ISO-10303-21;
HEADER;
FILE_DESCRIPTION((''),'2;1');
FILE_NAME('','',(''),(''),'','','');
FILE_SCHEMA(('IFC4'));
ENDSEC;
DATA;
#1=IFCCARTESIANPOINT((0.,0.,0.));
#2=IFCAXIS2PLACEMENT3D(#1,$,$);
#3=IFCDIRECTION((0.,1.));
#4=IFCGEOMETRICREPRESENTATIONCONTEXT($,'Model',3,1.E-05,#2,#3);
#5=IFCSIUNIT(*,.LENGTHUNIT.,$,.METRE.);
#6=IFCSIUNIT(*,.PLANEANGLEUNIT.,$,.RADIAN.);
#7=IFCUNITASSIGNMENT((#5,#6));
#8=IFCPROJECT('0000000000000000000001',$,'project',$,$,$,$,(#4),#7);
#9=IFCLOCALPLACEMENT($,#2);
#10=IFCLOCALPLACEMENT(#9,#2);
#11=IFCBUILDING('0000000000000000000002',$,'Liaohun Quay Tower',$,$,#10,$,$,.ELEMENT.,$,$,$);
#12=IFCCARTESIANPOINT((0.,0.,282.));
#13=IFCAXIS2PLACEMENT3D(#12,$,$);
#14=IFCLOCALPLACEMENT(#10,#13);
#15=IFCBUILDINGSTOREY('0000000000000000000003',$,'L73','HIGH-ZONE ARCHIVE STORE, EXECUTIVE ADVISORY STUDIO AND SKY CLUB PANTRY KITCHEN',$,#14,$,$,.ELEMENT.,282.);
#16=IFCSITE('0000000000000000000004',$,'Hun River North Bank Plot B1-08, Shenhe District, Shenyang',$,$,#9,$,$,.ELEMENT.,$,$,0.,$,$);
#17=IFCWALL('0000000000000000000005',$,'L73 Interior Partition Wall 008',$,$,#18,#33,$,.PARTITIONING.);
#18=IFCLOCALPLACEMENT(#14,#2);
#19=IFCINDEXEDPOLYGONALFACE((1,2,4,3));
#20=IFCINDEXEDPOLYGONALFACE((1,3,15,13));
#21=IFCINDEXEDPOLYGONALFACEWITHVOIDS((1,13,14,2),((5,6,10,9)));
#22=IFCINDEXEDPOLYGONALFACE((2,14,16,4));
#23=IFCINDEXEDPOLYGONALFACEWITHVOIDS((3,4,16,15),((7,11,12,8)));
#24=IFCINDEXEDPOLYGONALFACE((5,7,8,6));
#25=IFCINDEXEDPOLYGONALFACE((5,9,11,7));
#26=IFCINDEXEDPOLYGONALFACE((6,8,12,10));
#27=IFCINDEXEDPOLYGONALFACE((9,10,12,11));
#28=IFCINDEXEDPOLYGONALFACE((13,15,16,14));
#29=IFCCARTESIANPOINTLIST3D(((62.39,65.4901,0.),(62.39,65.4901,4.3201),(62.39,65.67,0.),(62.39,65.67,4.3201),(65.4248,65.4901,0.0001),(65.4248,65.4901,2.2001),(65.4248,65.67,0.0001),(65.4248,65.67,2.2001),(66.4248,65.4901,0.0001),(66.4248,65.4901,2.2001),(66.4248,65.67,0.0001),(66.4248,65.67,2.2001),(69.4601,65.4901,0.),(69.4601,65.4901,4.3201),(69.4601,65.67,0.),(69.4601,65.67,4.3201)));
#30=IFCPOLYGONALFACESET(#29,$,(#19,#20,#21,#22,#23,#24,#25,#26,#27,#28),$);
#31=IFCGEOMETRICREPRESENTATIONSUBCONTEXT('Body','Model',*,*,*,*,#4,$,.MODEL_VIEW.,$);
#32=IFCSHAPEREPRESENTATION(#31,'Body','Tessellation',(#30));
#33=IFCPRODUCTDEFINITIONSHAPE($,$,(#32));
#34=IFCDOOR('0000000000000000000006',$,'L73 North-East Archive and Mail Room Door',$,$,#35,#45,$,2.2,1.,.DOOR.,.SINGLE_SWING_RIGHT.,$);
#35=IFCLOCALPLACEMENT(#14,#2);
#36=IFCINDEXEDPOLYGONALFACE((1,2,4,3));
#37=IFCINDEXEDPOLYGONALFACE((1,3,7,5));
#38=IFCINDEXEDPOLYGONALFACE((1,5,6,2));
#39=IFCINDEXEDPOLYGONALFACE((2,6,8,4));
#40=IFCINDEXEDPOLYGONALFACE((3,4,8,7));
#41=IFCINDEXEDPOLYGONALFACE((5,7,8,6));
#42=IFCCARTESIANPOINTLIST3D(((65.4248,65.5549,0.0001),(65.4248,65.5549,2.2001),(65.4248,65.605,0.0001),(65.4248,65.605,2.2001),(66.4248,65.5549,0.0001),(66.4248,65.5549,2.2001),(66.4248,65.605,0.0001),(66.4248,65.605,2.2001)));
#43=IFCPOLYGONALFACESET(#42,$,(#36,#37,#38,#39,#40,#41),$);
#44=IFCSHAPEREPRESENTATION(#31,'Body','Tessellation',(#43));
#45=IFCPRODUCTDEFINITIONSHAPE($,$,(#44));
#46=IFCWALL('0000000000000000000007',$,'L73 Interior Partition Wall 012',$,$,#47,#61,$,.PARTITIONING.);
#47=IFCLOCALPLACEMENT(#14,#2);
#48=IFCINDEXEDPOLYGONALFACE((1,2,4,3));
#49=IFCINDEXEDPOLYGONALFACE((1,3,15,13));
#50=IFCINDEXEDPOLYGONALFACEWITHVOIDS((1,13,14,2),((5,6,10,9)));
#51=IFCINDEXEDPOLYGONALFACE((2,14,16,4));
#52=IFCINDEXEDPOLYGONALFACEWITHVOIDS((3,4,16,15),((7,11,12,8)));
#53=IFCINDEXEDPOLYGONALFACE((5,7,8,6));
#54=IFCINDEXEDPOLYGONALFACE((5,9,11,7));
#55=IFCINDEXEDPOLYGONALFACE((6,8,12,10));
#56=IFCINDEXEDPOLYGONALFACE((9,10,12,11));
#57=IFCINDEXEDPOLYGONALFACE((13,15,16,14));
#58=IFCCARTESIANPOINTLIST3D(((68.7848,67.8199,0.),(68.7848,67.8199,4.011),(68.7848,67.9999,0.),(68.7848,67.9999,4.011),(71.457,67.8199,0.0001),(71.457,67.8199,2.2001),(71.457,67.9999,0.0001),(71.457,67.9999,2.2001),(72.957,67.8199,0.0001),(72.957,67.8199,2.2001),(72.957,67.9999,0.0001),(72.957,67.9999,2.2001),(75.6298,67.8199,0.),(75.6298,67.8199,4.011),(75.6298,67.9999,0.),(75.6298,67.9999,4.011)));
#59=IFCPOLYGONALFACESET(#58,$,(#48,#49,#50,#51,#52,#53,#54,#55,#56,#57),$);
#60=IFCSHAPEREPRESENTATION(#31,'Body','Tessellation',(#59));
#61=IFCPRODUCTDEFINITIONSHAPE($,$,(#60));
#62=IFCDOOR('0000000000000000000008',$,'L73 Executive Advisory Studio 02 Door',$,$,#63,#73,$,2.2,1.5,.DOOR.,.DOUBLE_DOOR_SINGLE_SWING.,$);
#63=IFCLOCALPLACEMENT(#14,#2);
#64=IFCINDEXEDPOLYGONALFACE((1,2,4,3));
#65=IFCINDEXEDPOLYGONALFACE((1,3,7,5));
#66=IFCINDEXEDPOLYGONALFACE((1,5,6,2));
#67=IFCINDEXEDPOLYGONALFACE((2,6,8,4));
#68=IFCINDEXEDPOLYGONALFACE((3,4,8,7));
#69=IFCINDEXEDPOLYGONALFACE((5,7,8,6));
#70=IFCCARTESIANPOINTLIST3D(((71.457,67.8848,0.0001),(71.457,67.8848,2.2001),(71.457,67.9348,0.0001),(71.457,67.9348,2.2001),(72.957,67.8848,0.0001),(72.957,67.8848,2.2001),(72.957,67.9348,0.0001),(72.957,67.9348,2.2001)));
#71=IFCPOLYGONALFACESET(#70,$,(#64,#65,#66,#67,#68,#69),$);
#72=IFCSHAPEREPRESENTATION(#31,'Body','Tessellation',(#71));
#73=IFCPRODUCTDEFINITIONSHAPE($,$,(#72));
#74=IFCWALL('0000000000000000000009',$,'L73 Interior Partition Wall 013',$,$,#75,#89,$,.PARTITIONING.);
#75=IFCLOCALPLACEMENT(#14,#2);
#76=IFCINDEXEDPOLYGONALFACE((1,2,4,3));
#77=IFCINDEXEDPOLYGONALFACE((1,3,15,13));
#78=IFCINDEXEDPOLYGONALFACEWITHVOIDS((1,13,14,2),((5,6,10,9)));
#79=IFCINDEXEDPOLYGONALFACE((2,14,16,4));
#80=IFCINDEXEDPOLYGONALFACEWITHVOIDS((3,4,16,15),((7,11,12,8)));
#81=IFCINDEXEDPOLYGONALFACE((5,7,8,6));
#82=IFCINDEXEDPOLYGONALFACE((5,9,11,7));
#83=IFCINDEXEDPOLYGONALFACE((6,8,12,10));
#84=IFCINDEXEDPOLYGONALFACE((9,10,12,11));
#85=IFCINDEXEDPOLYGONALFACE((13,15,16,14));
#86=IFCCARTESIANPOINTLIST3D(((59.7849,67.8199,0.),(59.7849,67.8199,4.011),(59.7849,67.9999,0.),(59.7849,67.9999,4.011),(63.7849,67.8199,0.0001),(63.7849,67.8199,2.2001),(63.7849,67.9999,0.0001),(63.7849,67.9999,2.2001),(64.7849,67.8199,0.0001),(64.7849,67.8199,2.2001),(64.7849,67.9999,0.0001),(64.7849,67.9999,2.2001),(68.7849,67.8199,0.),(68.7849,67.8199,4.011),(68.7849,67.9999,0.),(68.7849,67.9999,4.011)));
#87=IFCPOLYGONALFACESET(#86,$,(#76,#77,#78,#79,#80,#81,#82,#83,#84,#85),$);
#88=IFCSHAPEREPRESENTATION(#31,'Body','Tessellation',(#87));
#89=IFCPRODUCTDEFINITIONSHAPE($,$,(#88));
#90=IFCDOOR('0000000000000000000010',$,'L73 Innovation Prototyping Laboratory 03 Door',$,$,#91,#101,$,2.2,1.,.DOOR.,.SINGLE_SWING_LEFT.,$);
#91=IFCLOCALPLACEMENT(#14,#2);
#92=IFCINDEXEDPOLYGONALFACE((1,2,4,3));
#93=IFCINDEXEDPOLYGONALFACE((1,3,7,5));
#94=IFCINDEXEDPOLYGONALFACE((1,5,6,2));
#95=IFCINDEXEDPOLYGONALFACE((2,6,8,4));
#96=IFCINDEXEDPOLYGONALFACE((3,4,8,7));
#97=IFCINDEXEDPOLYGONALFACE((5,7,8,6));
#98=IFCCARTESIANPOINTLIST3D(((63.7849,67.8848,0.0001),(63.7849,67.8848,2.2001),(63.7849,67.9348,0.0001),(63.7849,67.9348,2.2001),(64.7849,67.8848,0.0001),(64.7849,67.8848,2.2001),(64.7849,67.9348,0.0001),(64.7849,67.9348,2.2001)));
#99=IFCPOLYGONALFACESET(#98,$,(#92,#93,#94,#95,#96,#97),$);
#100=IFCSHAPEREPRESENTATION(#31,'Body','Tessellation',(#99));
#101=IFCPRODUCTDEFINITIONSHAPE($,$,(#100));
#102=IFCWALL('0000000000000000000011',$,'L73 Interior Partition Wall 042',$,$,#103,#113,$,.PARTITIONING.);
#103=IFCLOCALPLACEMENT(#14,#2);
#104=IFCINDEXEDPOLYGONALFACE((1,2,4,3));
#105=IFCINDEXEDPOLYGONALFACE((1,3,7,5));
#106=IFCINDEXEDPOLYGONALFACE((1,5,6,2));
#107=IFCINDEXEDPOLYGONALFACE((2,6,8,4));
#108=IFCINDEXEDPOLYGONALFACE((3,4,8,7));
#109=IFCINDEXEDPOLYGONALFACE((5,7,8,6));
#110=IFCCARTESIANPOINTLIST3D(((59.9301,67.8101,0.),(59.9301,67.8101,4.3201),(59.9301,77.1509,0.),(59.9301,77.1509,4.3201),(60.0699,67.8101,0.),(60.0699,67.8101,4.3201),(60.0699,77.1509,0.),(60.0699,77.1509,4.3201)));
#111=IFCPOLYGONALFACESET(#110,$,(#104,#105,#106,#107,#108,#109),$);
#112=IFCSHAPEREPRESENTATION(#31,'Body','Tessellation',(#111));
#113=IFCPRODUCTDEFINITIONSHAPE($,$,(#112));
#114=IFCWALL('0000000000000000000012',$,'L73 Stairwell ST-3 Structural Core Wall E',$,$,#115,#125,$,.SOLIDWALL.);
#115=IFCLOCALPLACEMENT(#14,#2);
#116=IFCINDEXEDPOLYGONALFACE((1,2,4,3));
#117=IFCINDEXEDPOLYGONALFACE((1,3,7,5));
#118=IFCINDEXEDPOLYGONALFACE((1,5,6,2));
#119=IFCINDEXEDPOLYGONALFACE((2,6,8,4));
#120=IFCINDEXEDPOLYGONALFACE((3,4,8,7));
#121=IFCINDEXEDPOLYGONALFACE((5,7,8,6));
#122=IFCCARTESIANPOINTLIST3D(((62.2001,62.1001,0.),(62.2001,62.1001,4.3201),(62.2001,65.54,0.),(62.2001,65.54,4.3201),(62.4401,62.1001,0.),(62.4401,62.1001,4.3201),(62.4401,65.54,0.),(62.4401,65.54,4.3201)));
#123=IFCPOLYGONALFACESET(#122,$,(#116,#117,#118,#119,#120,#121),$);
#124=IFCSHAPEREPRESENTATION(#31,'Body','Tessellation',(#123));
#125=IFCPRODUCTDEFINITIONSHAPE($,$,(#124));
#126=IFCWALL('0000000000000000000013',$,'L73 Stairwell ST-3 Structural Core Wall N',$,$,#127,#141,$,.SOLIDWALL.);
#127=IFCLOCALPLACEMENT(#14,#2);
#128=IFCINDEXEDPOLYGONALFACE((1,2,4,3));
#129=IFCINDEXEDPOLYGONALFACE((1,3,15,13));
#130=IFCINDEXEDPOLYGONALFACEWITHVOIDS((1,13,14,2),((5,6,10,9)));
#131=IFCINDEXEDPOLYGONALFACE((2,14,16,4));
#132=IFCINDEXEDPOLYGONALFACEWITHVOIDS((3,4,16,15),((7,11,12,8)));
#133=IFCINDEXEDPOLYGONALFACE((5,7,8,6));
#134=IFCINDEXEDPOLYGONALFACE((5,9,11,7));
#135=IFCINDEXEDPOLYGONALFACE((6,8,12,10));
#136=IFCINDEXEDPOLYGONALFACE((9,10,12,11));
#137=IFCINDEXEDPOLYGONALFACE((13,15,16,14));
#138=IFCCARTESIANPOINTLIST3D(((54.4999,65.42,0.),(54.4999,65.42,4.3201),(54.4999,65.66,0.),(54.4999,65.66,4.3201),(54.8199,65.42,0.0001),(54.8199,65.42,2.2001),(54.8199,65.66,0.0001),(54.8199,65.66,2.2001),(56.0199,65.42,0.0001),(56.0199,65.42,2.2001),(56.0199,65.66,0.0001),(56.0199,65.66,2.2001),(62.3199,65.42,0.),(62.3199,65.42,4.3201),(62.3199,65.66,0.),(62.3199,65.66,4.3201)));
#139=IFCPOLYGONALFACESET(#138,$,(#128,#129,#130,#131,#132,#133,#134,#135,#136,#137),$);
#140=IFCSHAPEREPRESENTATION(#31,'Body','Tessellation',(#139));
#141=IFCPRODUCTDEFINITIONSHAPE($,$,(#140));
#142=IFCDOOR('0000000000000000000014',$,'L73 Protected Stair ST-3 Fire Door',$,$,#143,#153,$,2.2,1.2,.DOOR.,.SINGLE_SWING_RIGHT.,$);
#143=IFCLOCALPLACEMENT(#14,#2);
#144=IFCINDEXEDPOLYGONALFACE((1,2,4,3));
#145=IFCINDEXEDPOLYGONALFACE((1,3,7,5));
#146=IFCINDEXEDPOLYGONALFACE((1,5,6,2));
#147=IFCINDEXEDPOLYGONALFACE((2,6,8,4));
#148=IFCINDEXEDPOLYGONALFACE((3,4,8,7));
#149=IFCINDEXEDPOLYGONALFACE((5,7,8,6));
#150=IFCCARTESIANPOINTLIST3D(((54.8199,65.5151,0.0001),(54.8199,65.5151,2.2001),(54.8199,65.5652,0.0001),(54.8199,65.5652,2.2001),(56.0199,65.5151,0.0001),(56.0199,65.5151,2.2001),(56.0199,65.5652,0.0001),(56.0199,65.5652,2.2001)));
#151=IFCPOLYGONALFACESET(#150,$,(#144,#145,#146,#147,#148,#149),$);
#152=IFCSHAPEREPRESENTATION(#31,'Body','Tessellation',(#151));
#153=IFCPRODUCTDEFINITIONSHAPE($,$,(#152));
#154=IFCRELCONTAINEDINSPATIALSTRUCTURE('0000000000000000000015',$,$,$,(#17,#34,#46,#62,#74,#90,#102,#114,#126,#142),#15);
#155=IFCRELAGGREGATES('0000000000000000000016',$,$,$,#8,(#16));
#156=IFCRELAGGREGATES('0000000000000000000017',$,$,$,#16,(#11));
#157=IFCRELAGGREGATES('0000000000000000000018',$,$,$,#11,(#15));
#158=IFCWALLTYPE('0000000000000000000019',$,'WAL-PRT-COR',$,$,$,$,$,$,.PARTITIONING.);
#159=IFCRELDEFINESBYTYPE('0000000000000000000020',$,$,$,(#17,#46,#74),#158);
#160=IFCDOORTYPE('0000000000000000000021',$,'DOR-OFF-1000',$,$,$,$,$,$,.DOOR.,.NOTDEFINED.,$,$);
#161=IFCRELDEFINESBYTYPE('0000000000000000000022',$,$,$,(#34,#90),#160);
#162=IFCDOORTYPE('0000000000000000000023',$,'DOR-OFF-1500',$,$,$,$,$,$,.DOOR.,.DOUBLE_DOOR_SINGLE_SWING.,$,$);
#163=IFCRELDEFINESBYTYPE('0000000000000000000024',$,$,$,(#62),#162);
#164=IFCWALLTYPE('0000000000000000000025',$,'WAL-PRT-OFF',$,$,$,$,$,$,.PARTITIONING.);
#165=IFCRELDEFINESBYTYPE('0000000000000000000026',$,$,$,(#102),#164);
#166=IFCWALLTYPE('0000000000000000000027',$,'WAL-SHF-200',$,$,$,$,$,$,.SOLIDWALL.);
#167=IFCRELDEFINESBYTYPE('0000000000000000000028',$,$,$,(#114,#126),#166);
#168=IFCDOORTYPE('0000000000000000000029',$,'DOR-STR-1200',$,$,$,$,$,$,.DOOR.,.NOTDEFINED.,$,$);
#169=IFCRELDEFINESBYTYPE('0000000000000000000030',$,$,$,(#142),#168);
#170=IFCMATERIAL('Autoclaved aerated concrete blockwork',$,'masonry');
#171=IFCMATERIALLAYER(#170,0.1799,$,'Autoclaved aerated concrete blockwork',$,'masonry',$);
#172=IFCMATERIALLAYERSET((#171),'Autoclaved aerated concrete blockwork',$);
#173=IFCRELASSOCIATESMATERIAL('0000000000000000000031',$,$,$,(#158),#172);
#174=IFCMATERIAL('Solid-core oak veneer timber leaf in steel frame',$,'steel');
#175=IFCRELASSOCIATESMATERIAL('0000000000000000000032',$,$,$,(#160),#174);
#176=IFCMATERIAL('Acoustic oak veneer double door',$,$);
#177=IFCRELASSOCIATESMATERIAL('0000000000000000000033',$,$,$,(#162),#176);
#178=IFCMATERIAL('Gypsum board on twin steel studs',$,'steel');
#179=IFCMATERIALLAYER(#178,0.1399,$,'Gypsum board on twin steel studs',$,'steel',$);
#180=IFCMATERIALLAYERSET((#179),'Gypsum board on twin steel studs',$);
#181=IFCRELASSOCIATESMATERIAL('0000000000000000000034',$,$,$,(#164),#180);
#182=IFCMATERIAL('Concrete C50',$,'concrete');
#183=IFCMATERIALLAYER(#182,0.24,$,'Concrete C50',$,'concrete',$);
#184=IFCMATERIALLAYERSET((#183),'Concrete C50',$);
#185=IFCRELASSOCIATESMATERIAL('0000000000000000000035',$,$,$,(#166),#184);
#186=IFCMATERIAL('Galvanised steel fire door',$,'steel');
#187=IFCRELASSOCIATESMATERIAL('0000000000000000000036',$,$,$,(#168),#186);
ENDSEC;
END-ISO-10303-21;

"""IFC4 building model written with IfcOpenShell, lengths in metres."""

from ifc_helpers import new_model, si_unit, direction, frame, frame_2d, origin, place, context, subcontext, project, spatial, rectangle, extrude, source, transform, mapped, material, layer, layer_set, type_object, element, fill, save


model = new_model("IFC4")

# Units and contexts
model_context = context("Model", 3, precision=1e-05, world=origin(), true_north=direction((0.0, 1.0)))
body_context = subcontext(model_context, "Body", "Model", "MODEL_VIEW")
ifc_project = project(units=[si_unit("LENGTHUNIT", "METRE"), si_unit("PLANEANGLEUNIT", "RADIAN")], contexts=[model_context])

# Site, building, storey
site_placement = place(None, origin())
site = spatial("IfcSite", under=ifc_project, at=site_placement, Name="Hun River North Bank Plot B1-08, Shenhe District, Shenyang", CompositionType="ELEMENT", RefElevation=0.0)
building_placement = place(site_placement, origin())
building = spatial("IfcBuilding", under=site, at=building_placement, Name="Liaohun Quay Tower", CompositionType="ELEMENT")
storey_placement = place(building_placement, frame((0.0, 0.0, 282.0)))
storey = spatial("IfcBuildingStorey", under=building, at=storey_placement, Name="L73", Description="HIGH-ZONE ARCHIVE STORE, EXECUTIVE ADVISORY STUDIO AND SKY CLUB PANTRY KITCHEN", CompositionType="ELEMENT", Elevation=282.0)

# Shared definitions
ifc_material_1 = material(Name="Concrete C50", Category="concrete")

# Walls, openings, doors
ifc_material_2 = material(Name="Autoclaved aerated concrete blockwork", Category="masonry")
ifc_layer_1 = layer(ifc_material_2, 0.1799, Name="Autoclaved aerated concrete blockwork", Category="masonry")
ifc_layer_set_1 = layer_set([ifc_layer_1], Name="Autoclaved aerated concrete blockwork")
wall_type_1 = type_object("IfcWallType", Name="WAL-PRT-COR", PredefinedType="PARTITIONING", material=ifc_layer_set_1)
wall_1_placement = place(storey_placement, frame((62.3899, 65.5801, 0.0), z_axis=(0.0, 0.0, 1.0), x_axis=(1.0, 0.0, 0.0)))
wall_1 = element("IfcWall", 1, at=wall_1_placement, inside=storey, type_object=wall_type_1, Name="L73 Interior Partition Wall 008", PredefinedType="PARTITIONING", context=body_context, shape_type="SweptSolid", body=[
    extrude(rectangle(XDim=7.0701, YDim=0.1799, at=frame_2d((3.5352, 0.0))), origin(), (0.0, 0.0, 1.0), 4.3201),
])
shared_shape_1 = source(origin(), body_context, "Body", "SweptSolid", [
    extrude(rectangle(XDim=1.0, YDim=2.2, at=frame_2d((0.5, 1.1001))), frame((0.0, 0.0999, 0.0), z_axis=(0.0, -1.0, 0.0), x_axis=(1.0, 0.0, 0.0)), (0.0, 0.0, 1.0), 0.2),
])
opening_1_placement = place(wall_1_placement, frame((3.0349, 0.0, 0.0)))
opening_1 = element("IfcOpeningElement", 2, at=opening_1_placement, cuts=wall_1, PredefinedType="OPENING", context=body_context, shape_type="MappedRepresentation", body=[
    mapped(shared_shape_1, transform((0.0, 0.0, 0.0), x_axis=(1.0, 0.0, 0.0), y_axis=(0.0, 1.0, 0.0), z_axis=(0.0, 0.0, 1.0), scale=1.0)),
])
ifc_material_3 = material(Name="Solid-core oak veneer timber leaf in steel frame", Category="steel")
door_type_1 = type_object("IfcDoorType", Name="DOR-OFF-1000", OperationType="NOTDEFINED", PredefinedType="DOOR", material=ifc_material_3)
shared_shape_2 = source(origin(), body_context, "Body", "SweptSolid", [
    extrude(rectangle(XDim=1.0, YDim=2.2, at=frame_2d((0.5, 1.1001))), frame((0.0, 0.0249, 0.0), z_axis=(0.0, -1.0, 0.0), x_axis=(1.0, 0.0, 0.0)), (0.0, 0.0, 1.0), 0.05),
])
door_1_placement = place(opening_1_placement, origin())
door_1 = element("IfcDoor", 3, at=door_1_placement, inside=storey, type_object=door_type_1, Name="L73 North-East Archive and Mail Room Door", OperationType="SINGLE_SWING_RIGHT", OverallHeight=2.2, OverallWidth=1.0, PredefinedType="DOOR", context=body_context, shape_type="MappedRepresentation", body=[
    mapped(shared_shape_2, transform((0.0, 0.0, 0.0), x_axis=(1.0, 0.0, 0.0), y_axis=(0.0, 1.0, 0.0), z_axis=(0.0, 0.0, 1.0), scale=1.0)),
])
fill(opening_1, door_1)
wall_2_placement = place(storey_placement, frame((68.7849, 67.9099, 0.0), z_axis=(0.0, 0.0, 1.0), x_axis=(1.0, 0.0, 0.0)))
wall_2 = element("IfcWall", 4, at=wall_2_placement, inside=storey, type_object=wall_type_1, Name="L73 Interior Partition Wall 012", PredefinedType="PARTITIONING", context=body_context, shape_type="SweptSolid", body=[
    extrude(rectangle(XDim=6.845, YDim=0.1799, at=frame_2d((3.4224, 0.0))), origin(), (0.0, 0.0, 1.0), 4.011),
])
shared_shape_3 = source(origin(), body_context, "Body", "SweptSolid", [
    extrude(rectangle(XDim=1.5, YDim=2.2, at=frame_2d((0.75, 1.1001))), frame((0.0, 0.0999, 0.0), z_axis=(0.0, -1.0, 0.0), x_axis=(1.0, 0.0, 0.0)), (0.0, 0.0, 1.0), 0.2),
])
opening_2_placement = place(wall_2_placement, frame((2.6721, 0.0, 0.0)))
opening_2 = element("IfcOpeningElement", 5, at=opening_2_placement, cuts=wall_2, PredefinedType="OPENING", context=body_context, shape_type="MappedRepresentation", body=[
    mapped(shared_shape_3, transform((0.0, 0.0, 0.0), x_axis=(1.0, 0.0, 0.0), y_axis=(0.0, 1.0, 0.0), z_axis=(0.0, 0.0, 1.0), scale=1.0)),
])
ifc_material_4 = material(Name="Acoustic oak veneer double door")
door_type_2 = type_object("IfcDoorType", Name="DOR-OFF-1500", OperationType="DOUBLE_DOOR_SINGLE_SWING", PredefinedType="DOOR", material=ifc_material_4)
shared_shape_4 = source(origin(), body_context, "Body", "SweptSolid", [
    extrude(rectangle(XDim=1.5, YDim=2.2, at=frame_2d((0.75, 1.1001))), frame((0.0, 0.0249, 0.0), z_axis=(0.0, -1.0, 0.0), x_axis=(1.0, 0.0, 0.0)), (0.0, 0.0, 1.0), 0.05),
])
door_2_placement = place(opening_2_placement, origin())
door_2 = element("IfcDoor", 6, at=door_2_placement, inside=storey, type_object=door_type_2, Name="L73 Executive Advisory Studio 02 Door", OperationType="DOUBLE_DOOR_SINGLE_SWING", OverallHeight=2.2, OverallWidth=1.5, PredefinedType="DOOR", context=body_context, shape_type="MappedRepresentation", body=[
    mapped(shared_shape_4, transform((0.0, 0.0, 0.0), x_axis=(1.0, 0.0, 0.0), y_axis=(0.0, 1.0, 0.0), z_axis=(0.0, 0.0, 1.0), scale=1.0)),
])
fill(opening_2, door_2)
wall_3_placement = place(storey_placement, frame((59.7849, 67.9099, 0.0), z_axis=(0.0, 0.0, 1.0), x_axis=(1.0, 0.0, 0.0)))
wall_3 = element("IfcWall", 7, at=wall_3_placement, inside=storey, type_object=wall_type_1, Name="L73 Interior Partition Wall 013", PredefinedType="PARTITIONING", context=body_context, shape_type="SweptSolid", body=[
    extrude(rectangle(XDim=9.0, YDim=0.1799, at=frame_2d((4.5, 0.0))), origin(), (0.0, 0.0, 1.0), 4.011),
])
opening_3_placement = place(wall_3_placement, frame((4.0, 0.0, 0.0)))
opening_3 = element("IfcOpeningElement", 8, at=opening_3_placement, cuts=wall_3, PredefinedType="OPENING", context=body_context, shape_type="MappedRepresentation", body=[
    mapped(shared_shape_1, transform((0.0, 0.0, 0.0), x_axis=(1.0, 0.0, 0.0), y_axis=(0.0, 1.0, 0.0), z_axis=(0.0, 0.0, 1.0), scale=1.0)),
])
door_3_placement = place(opening_3_placement, origin())
door_3 = element("IfcDoor", 9, at=door_3_placement, inside=storey, type_object=door_type_1, Name="L73 Innovation Prototyping Laboratory 03 Door", OperationType="SINGLE_SWING_LEFT", OverallHeight=2.2, OverallWidth=1.0, PredefinedType="DOOR", context=body_context, shape_type="MappedRepresentation", body=[
    mapped(shared_shape_2, transform((0.0, 0.0, 0.0), x_axis=(1.0, 0.0, 0.0), y_axis=(0.0, 1.0, 0.0), z_axis=(0.0, 0.0, 1.0), scale=1.0)),
])
fill(opening_3, door_3)

# Walls
ifc_material_5 = material(Name="Gypsum board on twin steel studs", Category="steel")
ifc_layer_2 = layer(ifc_material_5, 0.1399, Name="Gypsum board on twin steel studs", Category="steel")
ifc_layer_set_2 = layer_set([ifc_layer_2], Name="Gypsum board on twin steel studs")
wall_type_2 = type_object("IfcWallType", Name="WAL-PRT-OFF", PredefinedType="PARTITIONING", material=ifc_layer_set_2)
wall_4_placement = place(storey_placement, frame((60.0, 67.8101, 0.0), z_axis=(0.0, 0.0, 1.0), x_axis=(0.0, 1.0, 0.0)))
element("IfcWall", 10, at=wall_4_placement, inside=storey, type_object=wall_type_2, Name="L73 Interior Partition Wall 042", PredefinedType="PARTITIONING", context=body_context, shape_type="SweptSolid", body=[
    extrude(rectangle(XDim=9.3408, YDim=0.1399, at=frame_2d((4.6704, 0.0))), origin(), (0.0, 0.0, 1.0), 4.3201),
])
ifc_layer_3 = layer(ifc_material_1, 0.24, Name="Concrete C50", Category="concrete")
ifc_layer_set_3 = layer_set([ifc_layer_3], Name="Concrete C50")
wall_type_3 = type_object("IfcWallType", Name="WAL-SHF-200", PredefinedType="SOLIDWALL", material=ifc_layer_set_3)
wall_5_placement = place(storey_placement, frame((62.3201, 62.1001, 0.0), z_axis=(0.0, 0.0, 1.0), x_axis=(0.0, 1.0, 0.0)))
element("IfcWall", 11, at=wall_5_placement, inside=storey, type_object=wall_type_3, Name="L73 Stairwell ST-3 Structural Core Wall E", PredefinedType="SOLIDWALL", context=body_context, shape_type="SweptSolid", body=[
    extrude(rectangle(XDim=3.4399, YDim=0.24, at=frame_2d((1.72, 0.0))), origin(), (0.0, 0.0, 1.0), 4.3201),
])

# Wall, opening, door
wall_6_placement = place(storey_placement, frame((62.3201, 65.54, 0.0), z_axis=(0.0, 0.0, 1.0), x_axis=(-1.0, 0.0, 0.0)))
wall_6 = element("IfcWall", 12, at=wall_6_placement, inside=storey, type_object=wall_type_3, Name="L73 Stairwell ST-3 Structural Core Wall N", PredefinedType="SOLIDWALL", context=body_context, shape_type="SweptSolid", body=[
    extrude(rectangle(XDim=7.8201, YDim=0.24, at=frame_2d((3.9102, 0.0))), origin(), (0.0, 0.0, 1.0), 4.3201),
])
shared_shape_5 = source(origin(), body_context, "Body", "SweptSolid", [
    extrude(rectangle(XDim=1.2, YDim=2.2, at=frame_2d((0.6001, 1.1001))), frame((0.0, 0.1299, 0.0), z_axis=(0.0, -1.0, 0.0), x_axis=(1.0, 0.0, 0.0)), (0.0, 0.0, 1.0), 0.26),
])
opening_4_placement = place(wall_6_placement, frame((6.3, 0.0, 0.0)))
opening_4 = element("IfcOpeningElement", 13, at=opening_4_placement, cuts=wall_6, PredefinedType="OPENING", context=body_context, shape_type="MappedRepresentation", body=[
    mapped(shared_shape_5, transform((0.0, 0.0, 0.0), x_axis=(1.0, 0.0, 0.0), y_axis=(0.0, 1.0, 0.0), z_axis=(0.0, 0.0, 1.0), scale=1.0)),
])
ifc_material_6 = material(Name="Galvanised steel fire door", Category="steel")
door_type_3 = type_object("IfcDoorType", Name="DOR-STR-1200", OperationType="NOTDEFINED", PredefinedType="DOOR", material=ifc_material_6)
shared_shape_6 = source(origin(), body_context, "Body", "SweptSolid", [
    extrude(rectangle(XDim=1.2, YDim=2.2, at=frame_2d((0.6001, 1.1001))), frame((0.0, 0.0249, 0.0), z_axis=(0.0, -1.0, 0.0), x_axis=(1.0, 0.0, 0.0)), (0.0, 0.0, 1.0), 0.05),
])
door_4_placement = place(opening_4_placement, origin())
door_4 = element("IfcDoor", 14, at=door_4_placement, inside=storey, type_object=door_type_3, Name="L73 Protected Stair ST-3 Fire Door", OperationType="SINGLE_SWING_RIGHT", OverallHeight=2.2, OverallWidth=1.2, PredefinedType="DOOR", context=body_context, shape_type="MappedRepresentation", body=[
    mapped(shared_shape_6, transform((0.0, 0.0, 0.0), x_axis=(1.0, 0.0, 0.0), y_axis=(0.0, 1.0, 0.0), z_axis=(0.0, 0.0, 1.0), scale=1.0)),
])
fill(opening_4, door_4)

save(model, "model.ifc")
